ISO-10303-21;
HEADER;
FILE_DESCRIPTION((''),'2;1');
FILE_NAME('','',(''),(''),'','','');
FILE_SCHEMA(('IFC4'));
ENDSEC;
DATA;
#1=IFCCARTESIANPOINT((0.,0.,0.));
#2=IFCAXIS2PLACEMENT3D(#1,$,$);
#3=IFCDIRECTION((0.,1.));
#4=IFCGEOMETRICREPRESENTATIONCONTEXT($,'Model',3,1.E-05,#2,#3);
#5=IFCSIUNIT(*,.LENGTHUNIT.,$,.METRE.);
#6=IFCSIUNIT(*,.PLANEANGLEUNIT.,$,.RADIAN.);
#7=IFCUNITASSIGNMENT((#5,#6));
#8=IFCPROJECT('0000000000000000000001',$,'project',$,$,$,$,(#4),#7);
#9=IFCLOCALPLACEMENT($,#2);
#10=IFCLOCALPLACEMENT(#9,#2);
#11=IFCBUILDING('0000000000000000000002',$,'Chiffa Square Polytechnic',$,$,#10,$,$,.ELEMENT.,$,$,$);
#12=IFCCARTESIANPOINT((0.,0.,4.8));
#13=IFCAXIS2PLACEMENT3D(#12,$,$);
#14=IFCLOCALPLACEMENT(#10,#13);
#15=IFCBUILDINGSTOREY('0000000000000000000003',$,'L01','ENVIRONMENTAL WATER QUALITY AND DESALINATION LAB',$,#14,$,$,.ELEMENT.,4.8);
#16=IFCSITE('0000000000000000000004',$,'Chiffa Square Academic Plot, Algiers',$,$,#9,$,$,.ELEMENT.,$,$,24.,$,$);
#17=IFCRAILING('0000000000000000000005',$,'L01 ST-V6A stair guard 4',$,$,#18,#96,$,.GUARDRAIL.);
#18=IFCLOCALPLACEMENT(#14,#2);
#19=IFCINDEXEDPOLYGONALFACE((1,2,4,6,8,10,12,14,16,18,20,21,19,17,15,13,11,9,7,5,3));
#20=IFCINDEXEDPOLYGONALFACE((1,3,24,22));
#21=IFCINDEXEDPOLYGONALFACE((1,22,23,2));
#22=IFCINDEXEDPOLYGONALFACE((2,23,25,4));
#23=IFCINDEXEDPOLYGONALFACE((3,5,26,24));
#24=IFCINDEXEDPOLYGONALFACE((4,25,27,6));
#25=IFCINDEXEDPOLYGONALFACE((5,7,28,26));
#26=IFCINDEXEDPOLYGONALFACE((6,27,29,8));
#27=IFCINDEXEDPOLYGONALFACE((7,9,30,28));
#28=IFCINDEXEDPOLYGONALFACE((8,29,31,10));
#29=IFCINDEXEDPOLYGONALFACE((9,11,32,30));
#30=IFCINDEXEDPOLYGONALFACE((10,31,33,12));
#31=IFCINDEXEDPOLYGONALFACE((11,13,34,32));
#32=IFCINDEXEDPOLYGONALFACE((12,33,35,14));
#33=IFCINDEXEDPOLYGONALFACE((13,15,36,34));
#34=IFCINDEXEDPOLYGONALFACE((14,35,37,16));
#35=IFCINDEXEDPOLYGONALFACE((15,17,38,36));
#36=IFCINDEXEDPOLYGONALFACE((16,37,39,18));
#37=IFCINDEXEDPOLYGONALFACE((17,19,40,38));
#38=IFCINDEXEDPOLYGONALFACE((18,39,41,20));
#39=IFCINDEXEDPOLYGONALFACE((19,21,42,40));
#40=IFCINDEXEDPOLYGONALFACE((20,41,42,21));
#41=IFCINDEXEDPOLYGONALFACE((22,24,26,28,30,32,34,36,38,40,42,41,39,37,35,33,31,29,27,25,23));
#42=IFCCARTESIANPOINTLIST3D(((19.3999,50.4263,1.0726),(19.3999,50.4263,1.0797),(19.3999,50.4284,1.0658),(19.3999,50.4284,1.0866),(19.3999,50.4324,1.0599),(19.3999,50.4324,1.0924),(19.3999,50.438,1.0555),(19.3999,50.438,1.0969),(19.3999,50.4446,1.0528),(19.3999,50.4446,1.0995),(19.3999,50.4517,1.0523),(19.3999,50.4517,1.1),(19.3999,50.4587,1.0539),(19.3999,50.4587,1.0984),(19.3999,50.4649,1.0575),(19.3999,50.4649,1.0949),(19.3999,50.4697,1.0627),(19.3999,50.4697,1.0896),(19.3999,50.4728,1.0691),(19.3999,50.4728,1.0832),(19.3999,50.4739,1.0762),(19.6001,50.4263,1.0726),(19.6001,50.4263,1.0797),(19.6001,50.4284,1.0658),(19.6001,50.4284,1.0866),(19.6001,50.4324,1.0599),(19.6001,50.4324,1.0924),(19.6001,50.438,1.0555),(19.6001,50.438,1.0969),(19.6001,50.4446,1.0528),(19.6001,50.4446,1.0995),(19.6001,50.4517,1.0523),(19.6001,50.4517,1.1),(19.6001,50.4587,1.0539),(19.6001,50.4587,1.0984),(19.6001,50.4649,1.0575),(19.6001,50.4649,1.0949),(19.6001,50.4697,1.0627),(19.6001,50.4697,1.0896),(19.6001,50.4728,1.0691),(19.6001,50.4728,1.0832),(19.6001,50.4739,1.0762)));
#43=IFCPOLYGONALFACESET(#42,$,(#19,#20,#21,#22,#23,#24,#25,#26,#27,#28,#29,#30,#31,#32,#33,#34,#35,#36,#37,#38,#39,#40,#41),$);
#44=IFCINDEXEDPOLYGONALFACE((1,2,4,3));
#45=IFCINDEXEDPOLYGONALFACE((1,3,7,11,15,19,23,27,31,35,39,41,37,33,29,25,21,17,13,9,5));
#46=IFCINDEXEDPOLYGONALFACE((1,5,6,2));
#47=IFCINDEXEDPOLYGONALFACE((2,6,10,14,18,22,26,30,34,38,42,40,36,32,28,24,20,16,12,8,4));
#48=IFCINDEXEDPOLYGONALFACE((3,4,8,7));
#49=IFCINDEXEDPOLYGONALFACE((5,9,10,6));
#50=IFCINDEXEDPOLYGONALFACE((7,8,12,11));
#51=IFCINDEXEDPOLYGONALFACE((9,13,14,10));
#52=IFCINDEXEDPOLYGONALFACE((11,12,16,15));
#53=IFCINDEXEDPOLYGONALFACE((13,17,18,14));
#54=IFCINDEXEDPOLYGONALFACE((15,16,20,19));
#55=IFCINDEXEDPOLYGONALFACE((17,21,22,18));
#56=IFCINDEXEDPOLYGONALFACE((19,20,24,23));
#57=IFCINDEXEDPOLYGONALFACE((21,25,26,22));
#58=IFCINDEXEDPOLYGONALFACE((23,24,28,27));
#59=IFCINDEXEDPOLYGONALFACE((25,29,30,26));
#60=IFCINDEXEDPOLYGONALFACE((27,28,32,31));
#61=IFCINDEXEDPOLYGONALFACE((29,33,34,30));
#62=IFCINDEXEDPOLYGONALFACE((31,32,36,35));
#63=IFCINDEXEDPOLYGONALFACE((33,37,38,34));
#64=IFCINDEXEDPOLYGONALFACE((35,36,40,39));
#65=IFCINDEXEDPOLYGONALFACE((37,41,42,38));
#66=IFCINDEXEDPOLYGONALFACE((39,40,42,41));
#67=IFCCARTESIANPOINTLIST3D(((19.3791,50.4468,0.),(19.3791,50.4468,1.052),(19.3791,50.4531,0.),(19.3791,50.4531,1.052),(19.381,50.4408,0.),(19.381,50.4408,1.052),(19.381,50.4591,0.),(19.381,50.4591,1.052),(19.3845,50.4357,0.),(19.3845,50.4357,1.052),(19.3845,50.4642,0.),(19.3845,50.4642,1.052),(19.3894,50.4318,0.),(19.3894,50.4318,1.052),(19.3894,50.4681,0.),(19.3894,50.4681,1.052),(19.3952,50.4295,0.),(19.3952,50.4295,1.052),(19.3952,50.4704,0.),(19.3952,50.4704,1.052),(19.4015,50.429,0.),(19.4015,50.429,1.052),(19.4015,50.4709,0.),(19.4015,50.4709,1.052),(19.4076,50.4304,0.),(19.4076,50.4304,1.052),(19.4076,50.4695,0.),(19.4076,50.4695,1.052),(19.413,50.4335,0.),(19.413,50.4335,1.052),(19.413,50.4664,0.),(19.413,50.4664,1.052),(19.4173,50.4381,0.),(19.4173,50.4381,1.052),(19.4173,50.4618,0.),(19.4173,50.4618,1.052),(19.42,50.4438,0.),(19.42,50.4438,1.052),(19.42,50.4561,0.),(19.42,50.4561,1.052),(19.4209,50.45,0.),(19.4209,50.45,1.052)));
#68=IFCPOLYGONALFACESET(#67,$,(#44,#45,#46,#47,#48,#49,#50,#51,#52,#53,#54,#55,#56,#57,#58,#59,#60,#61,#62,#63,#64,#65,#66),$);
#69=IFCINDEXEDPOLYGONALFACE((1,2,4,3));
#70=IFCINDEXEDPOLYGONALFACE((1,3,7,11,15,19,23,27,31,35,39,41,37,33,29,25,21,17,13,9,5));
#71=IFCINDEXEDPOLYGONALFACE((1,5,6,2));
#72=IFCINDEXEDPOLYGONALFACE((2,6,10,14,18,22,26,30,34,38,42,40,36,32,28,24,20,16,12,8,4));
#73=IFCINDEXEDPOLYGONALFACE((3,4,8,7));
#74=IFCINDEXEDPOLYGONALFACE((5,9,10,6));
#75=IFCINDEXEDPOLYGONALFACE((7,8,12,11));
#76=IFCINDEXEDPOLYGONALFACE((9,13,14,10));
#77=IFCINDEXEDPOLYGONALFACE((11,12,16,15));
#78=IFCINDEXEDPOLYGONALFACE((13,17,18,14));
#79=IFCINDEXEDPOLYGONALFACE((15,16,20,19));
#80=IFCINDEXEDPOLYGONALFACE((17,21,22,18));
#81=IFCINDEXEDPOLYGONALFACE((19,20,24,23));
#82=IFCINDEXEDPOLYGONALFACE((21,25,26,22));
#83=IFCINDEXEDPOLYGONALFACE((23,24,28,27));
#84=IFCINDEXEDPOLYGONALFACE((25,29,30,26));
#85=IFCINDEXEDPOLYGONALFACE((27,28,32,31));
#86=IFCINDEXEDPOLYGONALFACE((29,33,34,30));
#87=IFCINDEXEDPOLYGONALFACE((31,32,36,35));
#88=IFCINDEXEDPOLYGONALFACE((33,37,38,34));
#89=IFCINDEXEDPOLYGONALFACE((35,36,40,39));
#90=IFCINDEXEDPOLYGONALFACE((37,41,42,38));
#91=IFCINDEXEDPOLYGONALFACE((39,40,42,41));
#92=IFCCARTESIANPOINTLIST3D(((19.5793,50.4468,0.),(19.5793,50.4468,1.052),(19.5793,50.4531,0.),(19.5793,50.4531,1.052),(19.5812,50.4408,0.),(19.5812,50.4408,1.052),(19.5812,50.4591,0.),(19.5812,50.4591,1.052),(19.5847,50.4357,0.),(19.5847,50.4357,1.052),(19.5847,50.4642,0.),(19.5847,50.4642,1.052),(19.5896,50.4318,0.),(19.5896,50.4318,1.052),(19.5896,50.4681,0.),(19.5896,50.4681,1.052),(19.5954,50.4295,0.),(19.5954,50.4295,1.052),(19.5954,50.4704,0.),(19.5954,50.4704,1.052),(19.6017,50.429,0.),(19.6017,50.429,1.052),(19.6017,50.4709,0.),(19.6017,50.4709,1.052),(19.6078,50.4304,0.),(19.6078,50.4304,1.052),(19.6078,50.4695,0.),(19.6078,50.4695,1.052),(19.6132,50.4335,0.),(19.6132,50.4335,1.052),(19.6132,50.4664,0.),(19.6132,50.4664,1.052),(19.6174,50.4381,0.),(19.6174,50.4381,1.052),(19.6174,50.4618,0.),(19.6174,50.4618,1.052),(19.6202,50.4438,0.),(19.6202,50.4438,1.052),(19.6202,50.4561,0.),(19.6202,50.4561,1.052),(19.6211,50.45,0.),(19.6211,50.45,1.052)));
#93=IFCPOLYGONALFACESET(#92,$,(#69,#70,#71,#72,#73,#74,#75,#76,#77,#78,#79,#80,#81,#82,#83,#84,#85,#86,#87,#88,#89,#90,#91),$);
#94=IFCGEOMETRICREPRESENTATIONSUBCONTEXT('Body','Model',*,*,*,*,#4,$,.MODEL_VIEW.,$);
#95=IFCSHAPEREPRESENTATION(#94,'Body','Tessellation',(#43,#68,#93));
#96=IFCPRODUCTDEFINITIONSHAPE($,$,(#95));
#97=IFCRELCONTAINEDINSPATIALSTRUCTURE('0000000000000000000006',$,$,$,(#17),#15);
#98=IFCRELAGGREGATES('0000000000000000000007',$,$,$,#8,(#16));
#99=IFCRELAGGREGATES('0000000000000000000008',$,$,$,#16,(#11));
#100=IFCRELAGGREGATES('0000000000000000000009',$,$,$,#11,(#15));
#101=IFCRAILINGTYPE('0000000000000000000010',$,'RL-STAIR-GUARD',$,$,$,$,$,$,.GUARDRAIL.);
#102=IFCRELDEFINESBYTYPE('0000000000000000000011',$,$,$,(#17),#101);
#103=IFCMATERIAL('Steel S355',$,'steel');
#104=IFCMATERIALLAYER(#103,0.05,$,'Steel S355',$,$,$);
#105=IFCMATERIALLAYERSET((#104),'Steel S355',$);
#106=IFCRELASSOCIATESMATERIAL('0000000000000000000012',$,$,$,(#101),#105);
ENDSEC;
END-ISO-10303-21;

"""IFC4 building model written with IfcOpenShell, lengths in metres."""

from ifc_helpers import new_model, si_unit, direction, frame, origin, origin_2d, place, context, subcontext, project, spatial, circle, extrude, material, layer, layer_set, type_object, element, save


model = new_model("IFC4")

# Units and contexts
model_context = context("Model", 3, precision=1e-05, world=origin(), true_north=direction((0.0, 1.0)))
body_context = subcontext(model_context, "Body", "Model", "MODEL_VIEW")
ifc_project = project(units=[si_unit("LENGTHUNIT", "METRE"), si_unit("PLANEANGLEUNIT", "RADIAN")], contexts=[model_context])

# Site, building, storey
site_placement = place(None, origin())
site = spatial("IfcSite", under=ifc_project, at=site_placement, Name="Chiffa Square Academic Plot, Algiers", CompositionType="ELEMENT", RefElevation=24.0)
building_placement = place(site_placement, origin())
building = spatial("IfcBuilding", under=site, at=building_placement, Name="Chiffa Square Polytechnic", CompositionType="ELEMENT")
storey_placement = place(building_placement, frame((0.0, 0.0, 4.8)))
storey = spatial("IfcBuildingStorey", under=building, at=storey_placement, Name="L01", Description="ENVIRONMENTAL WATER QUALITY AND DESALINATION LAB", CompositionType="ELEMENT", Elevation=4.8)

# Railing
ifc_material_1 = material(Name="Steel S355", Category="steel")
ifc_layer_1 = layer(ifc_material_1, 0.05, Name="Steel S355")
ifc_layer_set_1 = layer_set([ifc_layer_1], Name="Steel S355")
railing_type_1 = type_object("IfcRailingType", Name="RL-STAIR-GUARD", PredefinedType="GUARDRAIL", material=ifc_layer_set_1)
railing_1_placement = place(storey_placement, frame((19.3999, 50.45, 0.0)))
element("IfcRailing", 1, at=railing_1_placement, inside=storey, type_object=railing_type_1, Name="L01 ST-V6A stair guard 4", PredefinedType="GUARDRAIL", context=body_context, shape_type="SweptSolid", body=[
    extrude(circle(Radius=0.0239, at=origin_2d()), frame((0.0, 0.0, 1.0762), z_axis=(1.0, 0.0, 0.0), x_axis=(0.0, 1.0, 0.0)), (0.0, 0.0, 1.0), 0.2002),
    extrude(circle(Radius=0.021, at=origin_2d()), origin(), (0.0, 0.0, 1.0), 1.052),
    extrude(circle(Radius=0.021, at=origin_2d()), frame((0.2002, 0.0, 0.0)), (0.0, 0.0, 1.0), 1.052),
])

save(model, "model.ifc")
